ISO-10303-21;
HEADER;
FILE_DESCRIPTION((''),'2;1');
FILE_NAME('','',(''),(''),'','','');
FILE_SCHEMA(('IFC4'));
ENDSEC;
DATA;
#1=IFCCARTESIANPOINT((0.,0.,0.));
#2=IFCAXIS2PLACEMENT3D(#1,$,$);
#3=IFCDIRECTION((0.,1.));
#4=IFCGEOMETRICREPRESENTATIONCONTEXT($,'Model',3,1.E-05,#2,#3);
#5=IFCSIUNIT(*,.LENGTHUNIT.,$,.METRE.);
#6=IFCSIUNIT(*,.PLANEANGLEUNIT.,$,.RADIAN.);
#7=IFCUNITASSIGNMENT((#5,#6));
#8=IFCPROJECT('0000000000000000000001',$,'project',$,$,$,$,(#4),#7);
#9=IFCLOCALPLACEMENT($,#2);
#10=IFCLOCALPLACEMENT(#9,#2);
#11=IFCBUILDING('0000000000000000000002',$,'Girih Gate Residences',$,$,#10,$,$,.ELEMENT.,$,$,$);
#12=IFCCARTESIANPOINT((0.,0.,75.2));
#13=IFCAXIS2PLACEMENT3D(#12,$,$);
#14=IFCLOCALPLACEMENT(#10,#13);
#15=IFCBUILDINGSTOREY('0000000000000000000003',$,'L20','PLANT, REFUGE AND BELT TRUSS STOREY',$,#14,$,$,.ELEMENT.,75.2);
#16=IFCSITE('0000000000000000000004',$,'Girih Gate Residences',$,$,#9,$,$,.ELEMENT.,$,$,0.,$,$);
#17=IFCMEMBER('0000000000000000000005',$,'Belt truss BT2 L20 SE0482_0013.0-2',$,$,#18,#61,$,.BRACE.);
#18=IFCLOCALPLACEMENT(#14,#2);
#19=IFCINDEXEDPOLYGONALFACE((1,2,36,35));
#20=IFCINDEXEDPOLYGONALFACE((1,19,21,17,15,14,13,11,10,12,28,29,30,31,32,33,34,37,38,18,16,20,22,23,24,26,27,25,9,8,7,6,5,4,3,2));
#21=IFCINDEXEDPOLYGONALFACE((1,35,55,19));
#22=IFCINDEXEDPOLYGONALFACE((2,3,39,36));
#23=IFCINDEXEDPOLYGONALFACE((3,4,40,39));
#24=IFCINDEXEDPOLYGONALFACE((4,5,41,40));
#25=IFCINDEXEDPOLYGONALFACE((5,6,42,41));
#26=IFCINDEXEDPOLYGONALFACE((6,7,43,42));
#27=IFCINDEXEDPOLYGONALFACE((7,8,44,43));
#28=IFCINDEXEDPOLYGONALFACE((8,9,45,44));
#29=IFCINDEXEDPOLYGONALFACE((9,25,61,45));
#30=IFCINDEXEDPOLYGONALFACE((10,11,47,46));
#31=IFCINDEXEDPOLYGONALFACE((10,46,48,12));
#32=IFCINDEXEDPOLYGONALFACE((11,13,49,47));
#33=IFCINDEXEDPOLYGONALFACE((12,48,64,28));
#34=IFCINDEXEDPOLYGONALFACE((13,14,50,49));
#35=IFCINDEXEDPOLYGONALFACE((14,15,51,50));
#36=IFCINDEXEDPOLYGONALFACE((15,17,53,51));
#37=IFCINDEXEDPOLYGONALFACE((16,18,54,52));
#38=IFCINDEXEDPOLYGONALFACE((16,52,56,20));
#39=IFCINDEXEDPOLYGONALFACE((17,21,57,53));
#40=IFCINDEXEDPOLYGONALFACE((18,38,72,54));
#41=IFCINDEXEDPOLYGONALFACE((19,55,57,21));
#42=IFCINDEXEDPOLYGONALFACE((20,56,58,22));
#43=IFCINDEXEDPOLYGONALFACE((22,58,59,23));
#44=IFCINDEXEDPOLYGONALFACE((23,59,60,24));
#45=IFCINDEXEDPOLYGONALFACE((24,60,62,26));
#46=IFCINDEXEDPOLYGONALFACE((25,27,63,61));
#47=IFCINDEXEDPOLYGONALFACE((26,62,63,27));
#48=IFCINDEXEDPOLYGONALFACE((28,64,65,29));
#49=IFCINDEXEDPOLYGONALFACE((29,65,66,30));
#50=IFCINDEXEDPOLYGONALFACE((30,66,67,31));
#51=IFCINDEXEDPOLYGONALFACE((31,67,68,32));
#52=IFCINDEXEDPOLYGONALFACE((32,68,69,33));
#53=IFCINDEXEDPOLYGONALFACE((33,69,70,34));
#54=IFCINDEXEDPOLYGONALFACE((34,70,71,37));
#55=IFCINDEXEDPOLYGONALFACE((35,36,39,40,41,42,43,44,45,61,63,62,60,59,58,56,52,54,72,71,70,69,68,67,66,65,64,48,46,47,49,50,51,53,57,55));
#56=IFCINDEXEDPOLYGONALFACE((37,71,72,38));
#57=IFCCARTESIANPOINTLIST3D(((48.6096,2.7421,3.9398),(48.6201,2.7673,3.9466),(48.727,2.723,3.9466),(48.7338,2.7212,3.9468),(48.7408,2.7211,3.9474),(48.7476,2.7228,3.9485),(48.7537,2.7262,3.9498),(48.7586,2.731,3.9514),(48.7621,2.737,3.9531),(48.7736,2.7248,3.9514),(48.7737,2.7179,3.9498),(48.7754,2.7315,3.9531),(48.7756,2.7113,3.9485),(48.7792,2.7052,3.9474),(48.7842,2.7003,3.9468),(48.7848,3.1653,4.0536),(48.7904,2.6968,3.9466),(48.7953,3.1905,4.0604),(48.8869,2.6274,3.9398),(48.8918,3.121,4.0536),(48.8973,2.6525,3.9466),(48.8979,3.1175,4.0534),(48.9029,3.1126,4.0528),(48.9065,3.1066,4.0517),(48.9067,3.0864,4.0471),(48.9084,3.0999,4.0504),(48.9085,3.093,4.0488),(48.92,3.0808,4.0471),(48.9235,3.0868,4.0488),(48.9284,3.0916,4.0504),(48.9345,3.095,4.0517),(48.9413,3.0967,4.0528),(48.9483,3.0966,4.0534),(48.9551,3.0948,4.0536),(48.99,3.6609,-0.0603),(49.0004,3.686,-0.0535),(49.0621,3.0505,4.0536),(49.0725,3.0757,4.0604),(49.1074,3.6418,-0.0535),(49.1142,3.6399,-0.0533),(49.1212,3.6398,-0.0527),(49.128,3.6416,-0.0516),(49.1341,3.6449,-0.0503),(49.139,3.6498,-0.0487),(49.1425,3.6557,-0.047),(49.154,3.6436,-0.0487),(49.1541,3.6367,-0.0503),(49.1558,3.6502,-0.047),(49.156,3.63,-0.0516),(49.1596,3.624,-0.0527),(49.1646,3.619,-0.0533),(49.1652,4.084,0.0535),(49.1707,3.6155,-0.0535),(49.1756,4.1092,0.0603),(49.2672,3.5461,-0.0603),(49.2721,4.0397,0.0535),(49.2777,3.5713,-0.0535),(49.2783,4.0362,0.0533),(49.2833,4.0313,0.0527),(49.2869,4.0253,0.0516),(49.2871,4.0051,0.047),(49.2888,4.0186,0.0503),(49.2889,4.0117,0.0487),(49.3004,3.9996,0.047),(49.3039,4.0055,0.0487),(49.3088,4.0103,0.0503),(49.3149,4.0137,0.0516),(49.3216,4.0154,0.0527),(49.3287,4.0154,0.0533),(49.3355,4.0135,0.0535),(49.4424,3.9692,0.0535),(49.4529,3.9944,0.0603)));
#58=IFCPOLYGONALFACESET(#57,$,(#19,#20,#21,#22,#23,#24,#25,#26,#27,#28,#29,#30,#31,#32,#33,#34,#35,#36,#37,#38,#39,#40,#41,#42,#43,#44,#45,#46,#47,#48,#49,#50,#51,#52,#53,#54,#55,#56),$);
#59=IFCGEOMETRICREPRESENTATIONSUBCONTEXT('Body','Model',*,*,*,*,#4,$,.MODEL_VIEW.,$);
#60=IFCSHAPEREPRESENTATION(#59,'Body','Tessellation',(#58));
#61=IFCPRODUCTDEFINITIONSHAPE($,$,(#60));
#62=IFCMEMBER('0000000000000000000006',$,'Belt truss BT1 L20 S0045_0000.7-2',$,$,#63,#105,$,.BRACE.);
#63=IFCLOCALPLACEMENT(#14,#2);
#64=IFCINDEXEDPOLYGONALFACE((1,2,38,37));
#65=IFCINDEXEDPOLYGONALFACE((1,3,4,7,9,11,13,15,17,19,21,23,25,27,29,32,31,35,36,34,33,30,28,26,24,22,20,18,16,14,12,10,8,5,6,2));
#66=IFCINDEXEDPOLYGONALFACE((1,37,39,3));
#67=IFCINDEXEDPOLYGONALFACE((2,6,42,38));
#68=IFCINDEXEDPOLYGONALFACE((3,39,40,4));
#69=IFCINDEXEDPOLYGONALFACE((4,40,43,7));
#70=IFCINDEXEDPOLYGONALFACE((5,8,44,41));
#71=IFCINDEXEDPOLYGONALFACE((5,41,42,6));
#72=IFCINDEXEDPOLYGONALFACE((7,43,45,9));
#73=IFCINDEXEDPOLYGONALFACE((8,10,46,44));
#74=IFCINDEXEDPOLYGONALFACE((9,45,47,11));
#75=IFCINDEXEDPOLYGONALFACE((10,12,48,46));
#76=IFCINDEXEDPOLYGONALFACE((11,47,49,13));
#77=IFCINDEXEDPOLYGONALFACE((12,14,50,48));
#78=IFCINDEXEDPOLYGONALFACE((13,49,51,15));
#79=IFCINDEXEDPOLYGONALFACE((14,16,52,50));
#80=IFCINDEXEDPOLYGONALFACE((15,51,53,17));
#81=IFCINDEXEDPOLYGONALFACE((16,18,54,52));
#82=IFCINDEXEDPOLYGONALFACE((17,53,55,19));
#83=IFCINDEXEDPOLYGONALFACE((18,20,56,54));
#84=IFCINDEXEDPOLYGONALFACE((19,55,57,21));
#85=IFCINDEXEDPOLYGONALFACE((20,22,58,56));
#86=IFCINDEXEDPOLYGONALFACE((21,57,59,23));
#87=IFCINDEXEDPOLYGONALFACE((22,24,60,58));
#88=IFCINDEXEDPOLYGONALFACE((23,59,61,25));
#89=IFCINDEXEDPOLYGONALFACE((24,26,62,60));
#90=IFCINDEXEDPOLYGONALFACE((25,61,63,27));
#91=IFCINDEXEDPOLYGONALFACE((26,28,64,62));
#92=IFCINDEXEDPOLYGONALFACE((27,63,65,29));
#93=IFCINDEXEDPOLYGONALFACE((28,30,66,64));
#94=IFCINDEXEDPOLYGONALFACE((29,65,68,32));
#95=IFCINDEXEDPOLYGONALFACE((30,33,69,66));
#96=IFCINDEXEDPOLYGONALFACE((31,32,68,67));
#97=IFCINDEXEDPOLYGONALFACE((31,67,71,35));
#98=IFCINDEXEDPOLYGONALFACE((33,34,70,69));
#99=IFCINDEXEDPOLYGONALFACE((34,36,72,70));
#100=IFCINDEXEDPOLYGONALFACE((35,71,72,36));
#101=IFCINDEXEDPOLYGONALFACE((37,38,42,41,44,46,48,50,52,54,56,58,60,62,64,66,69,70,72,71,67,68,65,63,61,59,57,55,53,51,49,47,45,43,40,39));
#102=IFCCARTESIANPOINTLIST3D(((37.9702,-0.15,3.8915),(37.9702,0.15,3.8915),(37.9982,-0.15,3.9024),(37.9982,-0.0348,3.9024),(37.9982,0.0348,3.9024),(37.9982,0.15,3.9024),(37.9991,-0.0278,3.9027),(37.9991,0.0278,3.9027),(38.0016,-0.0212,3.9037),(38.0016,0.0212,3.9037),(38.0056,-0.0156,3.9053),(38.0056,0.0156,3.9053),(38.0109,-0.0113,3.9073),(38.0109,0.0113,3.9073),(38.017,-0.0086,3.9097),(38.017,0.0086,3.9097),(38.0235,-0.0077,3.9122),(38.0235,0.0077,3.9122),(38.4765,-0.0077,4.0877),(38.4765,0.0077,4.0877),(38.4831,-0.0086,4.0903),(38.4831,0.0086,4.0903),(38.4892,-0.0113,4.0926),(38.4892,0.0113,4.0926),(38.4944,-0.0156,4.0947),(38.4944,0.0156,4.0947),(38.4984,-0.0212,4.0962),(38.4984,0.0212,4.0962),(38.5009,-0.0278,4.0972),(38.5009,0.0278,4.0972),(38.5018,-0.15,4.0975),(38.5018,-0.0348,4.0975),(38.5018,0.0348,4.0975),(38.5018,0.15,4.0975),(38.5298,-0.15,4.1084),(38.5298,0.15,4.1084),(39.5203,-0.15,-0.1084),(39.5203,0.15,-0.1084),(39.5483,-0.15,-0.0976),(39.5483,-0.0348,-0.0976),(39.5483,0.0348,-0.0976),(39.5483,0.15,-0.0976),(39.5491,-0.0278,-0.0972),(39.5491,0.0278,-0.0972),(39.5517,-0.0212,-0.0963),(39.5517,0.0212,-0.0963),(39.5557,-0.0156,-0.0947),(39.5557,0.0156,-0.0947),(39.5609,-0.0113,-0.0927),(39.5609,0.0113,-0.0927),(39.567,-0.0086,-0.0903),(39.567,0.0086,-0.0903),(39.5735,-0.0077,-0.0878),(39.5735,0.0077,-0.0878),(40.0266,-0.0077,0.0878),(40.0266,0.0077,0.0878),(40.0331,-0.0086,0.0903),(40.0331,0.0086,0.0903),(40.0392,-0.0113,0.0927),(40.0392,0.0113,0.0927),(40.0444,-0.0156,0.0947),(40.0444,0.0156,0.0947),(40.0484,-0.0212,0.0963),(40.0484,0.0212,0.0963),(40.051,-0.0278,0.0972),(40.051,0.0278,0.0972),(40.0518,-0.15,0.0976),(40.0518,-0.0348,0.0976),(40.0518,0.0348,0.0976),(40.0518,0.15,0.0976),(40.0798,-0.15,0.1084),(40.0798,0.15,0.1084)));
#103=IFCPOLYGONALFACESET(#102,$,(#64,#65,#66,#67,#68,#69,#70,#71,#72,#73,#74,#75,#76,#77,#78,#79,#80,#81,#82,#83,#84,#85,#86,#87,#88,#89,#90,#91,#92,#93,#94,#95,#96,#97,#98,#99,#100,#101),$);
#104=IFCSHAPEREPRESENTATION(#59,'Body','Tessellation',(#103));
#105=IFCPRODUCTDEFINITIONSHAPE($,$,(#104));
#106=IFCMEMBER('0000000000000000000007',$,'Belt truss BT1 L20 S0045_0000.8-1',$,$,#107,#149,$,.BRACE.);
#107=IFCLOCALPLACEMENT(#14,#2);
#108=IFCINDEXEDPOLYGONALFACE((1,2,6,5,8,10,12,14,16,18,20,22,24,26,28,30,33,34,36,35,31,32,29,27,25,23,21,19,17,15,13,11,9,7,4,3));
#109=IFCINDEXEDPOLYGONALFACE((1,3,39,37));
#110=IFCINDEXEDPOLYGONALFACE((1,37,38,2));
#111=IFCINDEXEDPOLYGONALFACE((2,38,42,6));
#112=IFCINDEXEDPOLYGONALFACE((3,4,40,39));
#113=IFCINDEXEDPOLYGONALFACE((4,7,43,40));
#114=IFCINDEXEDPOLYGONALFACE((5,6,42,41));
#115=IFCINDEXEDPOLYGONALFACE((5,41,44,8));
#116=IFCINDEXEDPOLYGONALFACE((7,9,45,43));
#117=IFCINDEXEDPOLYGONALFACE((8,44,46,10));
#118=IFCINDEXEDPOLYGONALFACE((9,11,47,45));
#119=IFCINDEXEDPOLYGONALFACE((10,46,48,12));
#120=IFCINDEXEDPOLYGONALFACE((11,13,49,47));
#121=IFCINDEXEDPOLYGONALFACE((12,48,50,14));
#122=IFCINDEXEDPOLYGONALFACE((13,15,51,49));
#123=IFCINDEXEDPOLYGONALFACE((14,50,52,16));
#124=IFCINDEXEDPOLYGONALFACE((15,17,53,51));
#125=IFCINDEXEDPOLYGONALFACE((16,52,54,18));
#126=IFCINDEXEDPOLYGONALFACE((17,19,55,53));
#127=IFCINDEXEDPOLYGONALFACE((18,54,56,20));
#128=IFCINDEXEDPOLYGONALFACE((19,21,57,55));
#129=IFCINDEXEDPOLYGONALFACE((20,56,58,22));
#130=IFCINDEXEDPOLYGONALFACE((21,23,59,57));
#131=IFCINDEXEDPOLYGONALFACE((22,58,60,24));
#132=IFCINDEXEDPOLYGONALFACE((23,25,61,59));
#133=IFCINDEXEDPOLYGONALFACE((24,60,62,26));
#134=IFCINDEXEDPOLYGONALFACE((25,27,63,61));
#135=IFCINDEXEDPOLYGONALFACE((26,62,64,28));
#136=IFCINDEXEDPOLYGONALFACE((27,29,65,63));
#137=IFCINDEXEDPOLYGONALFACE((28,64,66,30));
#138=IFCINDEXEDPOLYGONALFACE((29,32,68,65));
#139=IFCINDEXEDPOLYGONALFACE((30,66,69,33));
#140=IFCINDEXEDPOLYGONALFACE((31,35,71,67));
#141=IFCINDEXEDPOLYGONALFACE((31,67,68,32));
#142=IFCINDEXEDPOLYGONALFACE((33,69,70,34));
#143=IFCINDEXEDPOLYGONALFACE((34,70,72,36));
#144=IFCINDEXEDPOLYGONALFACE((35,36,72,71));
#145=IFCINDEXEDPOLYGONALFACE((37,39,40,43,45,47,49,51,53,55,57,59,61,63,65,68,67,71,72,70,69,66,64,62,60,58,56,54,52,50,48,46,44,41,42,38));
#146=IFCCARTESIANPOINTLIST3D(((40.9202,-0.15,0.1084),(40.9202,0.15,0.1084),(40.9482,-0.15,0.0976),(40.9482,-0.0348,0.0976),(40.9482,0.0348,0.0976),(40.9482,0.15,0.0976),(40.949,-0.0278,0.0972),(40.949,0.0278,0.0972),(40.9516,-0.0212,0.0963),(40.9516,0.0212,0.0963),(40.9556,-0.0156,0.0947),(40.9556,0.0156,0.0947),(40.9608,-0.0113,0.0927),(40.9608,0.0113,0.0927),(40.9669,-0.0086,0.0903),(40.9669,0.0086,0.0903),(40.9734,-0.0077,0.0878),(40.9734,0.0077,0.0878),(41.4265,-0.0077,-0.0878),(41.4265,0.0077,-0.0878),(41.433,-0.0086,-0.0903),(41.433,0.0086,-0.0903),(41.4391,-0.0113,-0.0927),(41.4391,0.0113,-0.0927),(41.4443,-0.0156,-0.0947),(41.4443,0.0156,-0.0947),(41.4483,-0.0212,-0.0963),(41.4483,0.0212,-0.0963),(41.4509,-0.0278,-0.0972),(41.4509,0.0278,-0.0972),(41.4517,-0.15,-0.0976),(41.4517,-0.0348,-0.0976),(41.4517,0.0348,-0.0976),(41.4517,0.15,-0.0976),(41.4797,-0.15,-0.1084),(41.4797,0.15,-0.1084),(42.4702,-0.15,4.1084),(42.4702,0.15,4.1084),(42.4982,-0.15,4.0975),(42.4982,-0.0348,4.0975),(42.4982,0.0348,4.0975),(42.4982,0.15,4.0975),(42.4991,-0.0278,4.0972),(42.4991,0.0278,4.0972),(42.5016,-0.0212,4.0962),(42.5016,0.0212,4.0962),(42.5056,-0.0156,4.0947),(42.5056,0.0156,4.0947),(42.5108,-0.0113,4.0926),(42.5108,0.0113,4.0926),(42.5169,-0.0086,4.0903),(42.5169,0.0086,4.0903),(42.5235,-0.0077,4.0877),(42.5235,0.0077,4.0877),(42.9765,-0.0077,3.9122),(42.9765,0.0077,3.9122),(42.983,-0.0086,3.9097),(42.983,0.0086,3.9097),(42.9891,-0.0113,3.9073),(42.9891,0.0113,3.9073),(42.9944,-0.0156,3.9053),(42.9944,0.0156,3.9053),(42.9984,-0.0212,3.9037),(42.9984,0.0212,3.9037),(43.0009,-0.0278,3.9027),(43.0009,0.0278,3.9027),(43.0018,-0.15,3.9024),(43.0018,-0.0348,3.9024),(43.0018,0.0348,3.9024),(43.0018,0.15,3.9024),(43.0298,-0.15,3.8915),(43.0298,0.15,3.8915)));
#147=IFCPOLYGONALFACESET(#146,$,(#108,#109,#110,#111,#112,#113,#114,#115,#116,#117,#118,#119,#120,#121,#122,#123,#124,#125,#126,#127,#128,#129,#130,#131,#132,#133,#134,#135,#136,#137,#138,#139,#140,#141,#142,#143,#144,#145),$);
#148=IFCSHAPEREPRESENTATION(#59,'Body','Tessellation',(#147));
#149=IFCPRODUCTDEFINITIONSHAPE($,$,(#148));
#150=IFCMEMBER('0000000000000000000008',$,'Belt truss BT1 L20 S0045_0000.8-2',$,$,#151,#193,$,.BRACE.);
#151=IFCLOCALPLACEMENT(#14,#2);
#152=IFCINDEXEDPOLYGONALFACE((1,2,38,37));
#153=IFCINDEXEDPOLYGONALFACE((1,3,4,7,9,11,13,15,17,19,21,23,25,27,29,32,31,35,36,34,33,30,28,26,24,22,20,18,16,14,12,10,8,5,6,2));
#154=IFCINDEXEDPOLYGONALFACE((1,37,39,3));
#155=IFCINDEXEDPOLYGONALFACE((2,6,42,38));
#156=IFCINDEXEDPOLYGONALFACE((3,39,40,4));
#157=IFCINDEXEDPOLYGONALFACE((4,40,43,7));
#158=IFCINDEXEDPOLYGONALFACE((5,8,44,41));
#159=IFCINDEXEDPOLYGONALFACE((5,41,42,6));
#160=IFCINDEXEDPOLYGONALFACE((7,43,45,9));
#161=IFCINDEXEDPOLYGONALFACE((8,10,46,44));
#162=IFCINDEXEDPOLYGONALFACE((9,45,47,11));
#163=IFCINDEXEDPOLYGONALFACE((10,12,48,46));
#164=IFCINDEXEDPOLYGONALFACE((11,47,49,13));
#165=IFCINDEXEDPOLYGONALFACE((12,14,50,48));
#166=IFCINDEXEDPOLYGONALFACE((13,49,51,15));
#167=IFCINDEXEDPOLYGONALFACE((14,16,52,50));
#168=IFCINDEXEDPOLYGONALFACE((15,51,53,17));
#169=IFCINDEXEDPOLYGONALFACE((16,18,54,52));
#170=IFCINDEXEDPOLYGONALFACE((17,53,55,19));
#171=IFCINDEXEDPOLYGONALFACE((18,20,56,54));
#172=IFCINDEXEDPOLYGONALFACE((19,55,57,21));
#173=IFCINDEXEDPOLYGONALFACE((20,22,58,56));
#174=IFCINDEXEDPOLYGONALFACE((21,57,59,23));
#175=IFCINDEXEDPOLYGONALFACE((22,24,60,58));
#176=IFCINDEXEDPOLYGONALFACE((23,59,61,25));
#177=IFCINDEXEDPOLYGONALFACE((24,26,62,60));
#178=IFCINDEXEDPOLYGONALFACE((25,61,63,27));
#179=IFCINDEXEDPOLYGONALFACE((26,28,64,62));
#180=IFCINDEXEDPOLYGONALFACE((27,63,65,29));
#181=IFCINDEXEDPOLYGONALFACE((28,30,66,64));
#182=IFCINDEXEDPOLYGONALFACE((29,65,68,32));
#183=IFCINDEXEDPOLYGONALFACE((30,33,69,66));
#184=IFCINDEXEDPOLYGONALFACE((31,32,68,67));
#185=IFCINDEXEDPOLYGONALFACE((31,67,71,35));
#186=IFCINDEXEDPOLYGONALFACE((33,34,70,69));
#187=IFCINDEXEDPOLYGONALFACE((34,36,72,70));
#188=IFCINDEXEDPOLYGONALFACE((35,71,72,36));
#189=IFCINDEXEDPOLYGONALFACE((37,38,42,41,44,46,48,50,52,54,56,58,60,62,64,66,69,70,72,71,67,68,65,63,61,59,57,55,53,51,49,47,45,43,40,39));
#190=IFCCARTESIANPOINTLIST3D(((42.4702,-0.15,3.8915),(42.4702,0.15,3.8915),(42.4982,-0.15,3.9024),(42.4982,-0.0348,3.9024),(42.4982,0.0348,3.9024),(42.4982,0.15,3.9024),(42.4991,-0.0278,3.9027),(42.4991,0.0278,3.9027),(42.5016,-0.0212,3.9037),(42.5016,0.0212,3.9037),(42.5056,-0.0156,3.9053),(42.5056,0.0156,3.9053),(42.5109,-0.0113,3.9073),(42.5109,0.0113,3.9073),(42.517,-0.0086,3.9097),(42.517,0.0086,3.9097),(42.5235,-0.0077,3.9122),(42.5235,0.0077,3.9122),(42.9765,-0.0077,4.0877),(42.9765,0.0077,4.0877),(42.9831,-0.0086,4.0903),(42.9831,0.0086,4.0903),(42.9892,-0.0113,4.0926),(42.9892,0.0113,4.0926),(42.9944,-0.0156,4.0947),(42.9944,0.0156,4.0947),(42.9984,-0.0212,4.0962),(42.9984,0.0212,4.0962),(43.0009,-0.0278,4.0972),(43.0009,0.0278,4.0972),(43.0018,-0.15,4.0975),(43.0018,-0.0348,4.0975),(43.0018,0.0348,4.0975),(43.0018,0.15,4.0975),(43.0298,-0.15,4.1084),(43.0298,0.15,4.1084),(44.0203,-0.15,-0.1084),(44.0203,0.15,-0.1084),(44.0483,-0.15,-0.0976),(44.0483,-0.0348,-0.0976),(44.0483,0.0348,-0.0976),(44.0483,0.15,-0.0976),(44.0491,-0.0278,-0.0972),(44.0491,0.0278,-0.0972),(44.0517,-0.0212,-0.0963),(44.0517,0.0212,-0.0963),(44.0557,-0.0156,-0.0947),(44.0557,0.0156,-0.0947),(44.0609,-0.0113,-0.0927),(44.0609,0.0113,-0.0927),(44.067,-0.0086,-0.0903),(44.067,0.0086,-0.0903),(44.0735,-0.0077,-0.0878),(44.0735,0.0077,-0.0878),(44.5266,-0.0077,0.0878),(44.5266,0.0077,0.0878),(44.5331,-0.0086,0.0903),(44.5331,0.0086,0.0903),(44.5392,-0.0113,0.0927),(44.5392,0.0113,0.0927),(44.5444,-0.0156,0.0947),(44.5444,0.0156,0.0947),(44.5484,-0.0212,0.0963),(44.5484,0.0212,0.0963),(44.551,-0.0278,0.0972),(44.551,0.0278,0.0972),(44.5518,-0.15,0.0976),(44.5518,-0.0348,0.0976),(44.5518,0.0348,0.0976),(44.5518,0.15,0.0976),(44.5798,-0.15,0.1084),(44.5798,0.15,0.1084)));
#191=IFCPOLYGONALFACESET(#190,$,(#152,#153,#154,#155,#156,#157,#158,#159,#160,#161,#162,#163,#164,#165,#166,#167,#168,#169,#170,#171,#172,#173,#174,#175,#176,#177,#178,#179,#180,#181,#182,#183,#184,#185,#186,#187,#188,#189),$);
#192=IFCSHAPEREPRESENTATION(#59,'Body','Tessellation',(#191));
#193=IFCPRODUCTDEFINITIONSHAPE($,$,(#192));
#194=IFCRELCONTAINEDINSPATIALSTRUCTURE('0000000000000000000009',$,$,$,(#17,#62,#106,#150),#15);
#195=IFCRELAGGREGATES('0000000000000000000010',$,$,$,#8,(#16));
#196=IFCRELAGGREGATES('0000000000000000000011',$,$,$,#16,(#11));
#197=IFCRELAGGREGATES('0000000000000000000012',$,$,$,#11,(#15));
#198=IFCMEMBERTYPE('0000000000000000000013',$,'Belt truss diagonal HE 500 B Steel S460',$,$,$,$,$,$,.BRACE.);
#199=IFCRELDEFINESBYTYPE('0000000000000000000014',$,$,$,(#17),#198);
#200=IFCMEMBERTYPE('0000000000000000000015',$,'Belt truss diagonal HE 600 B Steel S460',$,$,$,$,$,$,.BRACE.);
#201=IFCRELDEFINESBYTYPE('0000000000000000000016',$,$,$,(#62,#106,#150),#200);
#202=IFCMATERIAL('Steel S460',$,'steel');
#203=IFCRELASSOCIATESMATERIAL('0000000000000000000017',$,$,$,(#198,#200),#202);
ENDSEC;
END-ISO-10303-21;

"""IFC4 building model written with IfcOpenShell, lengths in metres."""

from ifc_helpers import new_model, si_unit, direction, frame, origin, origin_2d, place, context, subcontext, project, spatial, i_section, extrude, material, material_profile, profile_set, type_object, element, save


model = new_model("IFC4")

# Units and contexts
model_context = context("Model", 3, precision=1e-05, world=origin(), true_north=direction((0.0, 1.0)))
body_context = subcontext(model_context, "Body", "Model", "MODEL_VIEW")
ifc_project = project(units=[si_unit("LENGTHUNIT", "METRE"), si_unit("PLANEANGLEUNIT", "RADIAN")], contexts=[model_context])

# Site, building, storey
site_placement = place(None, origin())
site = spatial("IfcSite", under=ifc_project, at=site_placement, Name="Girih Gate Residences", CompositionType="ELEMENT", RefElevation=0.0)
building_placement = place(site_placement, origin())
building = spatial("IfcBuilding", under=site, at=building_placement, Name="Girih Gate Residences", CompositionType="ELEMENT")
storey_placement = place(building_placement, frame((0.0, 0.0, 75.2)))
storey = spatial("IfcBuildingStorey", under=building, at=storey_placement, Name="L20", Description="PLANT, REFUGE AND BELT TRUSS STOREY", CompositionType="ELEMENT", Elevation=75.2)

# Members
ifc_material_1 = material(Name="Steel S460", Category="steel")
ifc_material_profile_1 = material_profile(ifc_material_1, i_section(OverallWidth=0.3, OverallDepth=0.5, WebThickness=0.0144, FlangeThickness=0.0281, FilletRadius=0.0271, at=origin_2d()))
ifc_profile_set_1 = profile_set([ifc_material_profile_1], Name="Steel S460")
member_type_1 = type_object("IfcMemberType", Name="Belt truss diagonal HE 500 B Steel S460", PredefinedType="BRACE", material=ifc_profile_set_1)
for number, where, z_axis, x_axis, name in (
    (1, (49.2214, 3.8276, 0.0), (-0.092284, -0.222892, 0.970465), (0.923939, -0.38254, 0.0), "Belt truss BT2 L20 SE0482_0013.0-2"),
):
    element("IfcMember", number, at=place(storey_placement, frame(where, z_axis=z_axis, x_axis=x_axis)), inside=storey, type_object=member_type_1, Name=name, PredefinedType="BRACE", context=body_context, shape_type="SweptSolid", body=[
        extrude(i_section(OverallWidth=0.3, OverallDepth=0.5, WebThickness=0.0144, FlangeThickness=0.0281, FilletRadius=0.0271, at=origin_2d()), origin(), (0.0, 0.0, 1.0), 4.1218),
    ])
ifc_material_profile_2 = material_profile(ifc_material_1, i_section(OverallWidth=0.3, OverallDepth=0.6001, WebThickness=0.0154, FlangeThickness=0.03, FilletRadius=0.0271, at=origin_2d()))
ifc_profile_set_2 = profile_set([ifc_material_profile_2], Name="Steel S460")
member_type_2 = type_object("IfcMemberType", Name="Belt truss diagonal HE 600 B Steel S460", PredefinedType="BRACE", material=ifc_profile_set_2)
for number, where, z_axis, x_axis, name in (
    (2, (39.8, 0.0, 0.0), (-0.361331, 0.0, 0.932438), (0.0, -1.0, 0.0), "Belt truss BT1 L20 S0045_0000.7-2"),
    (3, (41.2, 0.0, 0.0), (0.361331, 0.0, 0.932438), (0.0, 1.0, 0.0), "Belt truss BT1 L20 S0045_0000.8-1"),
    (4, (44.3, 0.0, 0.0), (-0.361331, 0.0, 0.932438), (0.0, -1.0, 0.0), "Belt truss BT1 L20 S0045_0000.8-2"),
):
    element("IfcMember", number, at=place(storey_placement, frame(where, z_axis=z_axis, x_axis=x_axis)), inside=storey, type_object=member_type_2, Name=name, PredefinedType="BRACE", context=body_context, shape_type="SweptSolid", body=[
        extrude(i_section(OverallWidth=0.3, OverallDepth=0.6001, WebThickness=0.0154, FlangeThickness=0.03, FilletRadius=0.0271, at=origin_2d()), origin(), (0.0, 0.0, 1.0), 4.2898),
    ])

save(model, "model.ifc")
